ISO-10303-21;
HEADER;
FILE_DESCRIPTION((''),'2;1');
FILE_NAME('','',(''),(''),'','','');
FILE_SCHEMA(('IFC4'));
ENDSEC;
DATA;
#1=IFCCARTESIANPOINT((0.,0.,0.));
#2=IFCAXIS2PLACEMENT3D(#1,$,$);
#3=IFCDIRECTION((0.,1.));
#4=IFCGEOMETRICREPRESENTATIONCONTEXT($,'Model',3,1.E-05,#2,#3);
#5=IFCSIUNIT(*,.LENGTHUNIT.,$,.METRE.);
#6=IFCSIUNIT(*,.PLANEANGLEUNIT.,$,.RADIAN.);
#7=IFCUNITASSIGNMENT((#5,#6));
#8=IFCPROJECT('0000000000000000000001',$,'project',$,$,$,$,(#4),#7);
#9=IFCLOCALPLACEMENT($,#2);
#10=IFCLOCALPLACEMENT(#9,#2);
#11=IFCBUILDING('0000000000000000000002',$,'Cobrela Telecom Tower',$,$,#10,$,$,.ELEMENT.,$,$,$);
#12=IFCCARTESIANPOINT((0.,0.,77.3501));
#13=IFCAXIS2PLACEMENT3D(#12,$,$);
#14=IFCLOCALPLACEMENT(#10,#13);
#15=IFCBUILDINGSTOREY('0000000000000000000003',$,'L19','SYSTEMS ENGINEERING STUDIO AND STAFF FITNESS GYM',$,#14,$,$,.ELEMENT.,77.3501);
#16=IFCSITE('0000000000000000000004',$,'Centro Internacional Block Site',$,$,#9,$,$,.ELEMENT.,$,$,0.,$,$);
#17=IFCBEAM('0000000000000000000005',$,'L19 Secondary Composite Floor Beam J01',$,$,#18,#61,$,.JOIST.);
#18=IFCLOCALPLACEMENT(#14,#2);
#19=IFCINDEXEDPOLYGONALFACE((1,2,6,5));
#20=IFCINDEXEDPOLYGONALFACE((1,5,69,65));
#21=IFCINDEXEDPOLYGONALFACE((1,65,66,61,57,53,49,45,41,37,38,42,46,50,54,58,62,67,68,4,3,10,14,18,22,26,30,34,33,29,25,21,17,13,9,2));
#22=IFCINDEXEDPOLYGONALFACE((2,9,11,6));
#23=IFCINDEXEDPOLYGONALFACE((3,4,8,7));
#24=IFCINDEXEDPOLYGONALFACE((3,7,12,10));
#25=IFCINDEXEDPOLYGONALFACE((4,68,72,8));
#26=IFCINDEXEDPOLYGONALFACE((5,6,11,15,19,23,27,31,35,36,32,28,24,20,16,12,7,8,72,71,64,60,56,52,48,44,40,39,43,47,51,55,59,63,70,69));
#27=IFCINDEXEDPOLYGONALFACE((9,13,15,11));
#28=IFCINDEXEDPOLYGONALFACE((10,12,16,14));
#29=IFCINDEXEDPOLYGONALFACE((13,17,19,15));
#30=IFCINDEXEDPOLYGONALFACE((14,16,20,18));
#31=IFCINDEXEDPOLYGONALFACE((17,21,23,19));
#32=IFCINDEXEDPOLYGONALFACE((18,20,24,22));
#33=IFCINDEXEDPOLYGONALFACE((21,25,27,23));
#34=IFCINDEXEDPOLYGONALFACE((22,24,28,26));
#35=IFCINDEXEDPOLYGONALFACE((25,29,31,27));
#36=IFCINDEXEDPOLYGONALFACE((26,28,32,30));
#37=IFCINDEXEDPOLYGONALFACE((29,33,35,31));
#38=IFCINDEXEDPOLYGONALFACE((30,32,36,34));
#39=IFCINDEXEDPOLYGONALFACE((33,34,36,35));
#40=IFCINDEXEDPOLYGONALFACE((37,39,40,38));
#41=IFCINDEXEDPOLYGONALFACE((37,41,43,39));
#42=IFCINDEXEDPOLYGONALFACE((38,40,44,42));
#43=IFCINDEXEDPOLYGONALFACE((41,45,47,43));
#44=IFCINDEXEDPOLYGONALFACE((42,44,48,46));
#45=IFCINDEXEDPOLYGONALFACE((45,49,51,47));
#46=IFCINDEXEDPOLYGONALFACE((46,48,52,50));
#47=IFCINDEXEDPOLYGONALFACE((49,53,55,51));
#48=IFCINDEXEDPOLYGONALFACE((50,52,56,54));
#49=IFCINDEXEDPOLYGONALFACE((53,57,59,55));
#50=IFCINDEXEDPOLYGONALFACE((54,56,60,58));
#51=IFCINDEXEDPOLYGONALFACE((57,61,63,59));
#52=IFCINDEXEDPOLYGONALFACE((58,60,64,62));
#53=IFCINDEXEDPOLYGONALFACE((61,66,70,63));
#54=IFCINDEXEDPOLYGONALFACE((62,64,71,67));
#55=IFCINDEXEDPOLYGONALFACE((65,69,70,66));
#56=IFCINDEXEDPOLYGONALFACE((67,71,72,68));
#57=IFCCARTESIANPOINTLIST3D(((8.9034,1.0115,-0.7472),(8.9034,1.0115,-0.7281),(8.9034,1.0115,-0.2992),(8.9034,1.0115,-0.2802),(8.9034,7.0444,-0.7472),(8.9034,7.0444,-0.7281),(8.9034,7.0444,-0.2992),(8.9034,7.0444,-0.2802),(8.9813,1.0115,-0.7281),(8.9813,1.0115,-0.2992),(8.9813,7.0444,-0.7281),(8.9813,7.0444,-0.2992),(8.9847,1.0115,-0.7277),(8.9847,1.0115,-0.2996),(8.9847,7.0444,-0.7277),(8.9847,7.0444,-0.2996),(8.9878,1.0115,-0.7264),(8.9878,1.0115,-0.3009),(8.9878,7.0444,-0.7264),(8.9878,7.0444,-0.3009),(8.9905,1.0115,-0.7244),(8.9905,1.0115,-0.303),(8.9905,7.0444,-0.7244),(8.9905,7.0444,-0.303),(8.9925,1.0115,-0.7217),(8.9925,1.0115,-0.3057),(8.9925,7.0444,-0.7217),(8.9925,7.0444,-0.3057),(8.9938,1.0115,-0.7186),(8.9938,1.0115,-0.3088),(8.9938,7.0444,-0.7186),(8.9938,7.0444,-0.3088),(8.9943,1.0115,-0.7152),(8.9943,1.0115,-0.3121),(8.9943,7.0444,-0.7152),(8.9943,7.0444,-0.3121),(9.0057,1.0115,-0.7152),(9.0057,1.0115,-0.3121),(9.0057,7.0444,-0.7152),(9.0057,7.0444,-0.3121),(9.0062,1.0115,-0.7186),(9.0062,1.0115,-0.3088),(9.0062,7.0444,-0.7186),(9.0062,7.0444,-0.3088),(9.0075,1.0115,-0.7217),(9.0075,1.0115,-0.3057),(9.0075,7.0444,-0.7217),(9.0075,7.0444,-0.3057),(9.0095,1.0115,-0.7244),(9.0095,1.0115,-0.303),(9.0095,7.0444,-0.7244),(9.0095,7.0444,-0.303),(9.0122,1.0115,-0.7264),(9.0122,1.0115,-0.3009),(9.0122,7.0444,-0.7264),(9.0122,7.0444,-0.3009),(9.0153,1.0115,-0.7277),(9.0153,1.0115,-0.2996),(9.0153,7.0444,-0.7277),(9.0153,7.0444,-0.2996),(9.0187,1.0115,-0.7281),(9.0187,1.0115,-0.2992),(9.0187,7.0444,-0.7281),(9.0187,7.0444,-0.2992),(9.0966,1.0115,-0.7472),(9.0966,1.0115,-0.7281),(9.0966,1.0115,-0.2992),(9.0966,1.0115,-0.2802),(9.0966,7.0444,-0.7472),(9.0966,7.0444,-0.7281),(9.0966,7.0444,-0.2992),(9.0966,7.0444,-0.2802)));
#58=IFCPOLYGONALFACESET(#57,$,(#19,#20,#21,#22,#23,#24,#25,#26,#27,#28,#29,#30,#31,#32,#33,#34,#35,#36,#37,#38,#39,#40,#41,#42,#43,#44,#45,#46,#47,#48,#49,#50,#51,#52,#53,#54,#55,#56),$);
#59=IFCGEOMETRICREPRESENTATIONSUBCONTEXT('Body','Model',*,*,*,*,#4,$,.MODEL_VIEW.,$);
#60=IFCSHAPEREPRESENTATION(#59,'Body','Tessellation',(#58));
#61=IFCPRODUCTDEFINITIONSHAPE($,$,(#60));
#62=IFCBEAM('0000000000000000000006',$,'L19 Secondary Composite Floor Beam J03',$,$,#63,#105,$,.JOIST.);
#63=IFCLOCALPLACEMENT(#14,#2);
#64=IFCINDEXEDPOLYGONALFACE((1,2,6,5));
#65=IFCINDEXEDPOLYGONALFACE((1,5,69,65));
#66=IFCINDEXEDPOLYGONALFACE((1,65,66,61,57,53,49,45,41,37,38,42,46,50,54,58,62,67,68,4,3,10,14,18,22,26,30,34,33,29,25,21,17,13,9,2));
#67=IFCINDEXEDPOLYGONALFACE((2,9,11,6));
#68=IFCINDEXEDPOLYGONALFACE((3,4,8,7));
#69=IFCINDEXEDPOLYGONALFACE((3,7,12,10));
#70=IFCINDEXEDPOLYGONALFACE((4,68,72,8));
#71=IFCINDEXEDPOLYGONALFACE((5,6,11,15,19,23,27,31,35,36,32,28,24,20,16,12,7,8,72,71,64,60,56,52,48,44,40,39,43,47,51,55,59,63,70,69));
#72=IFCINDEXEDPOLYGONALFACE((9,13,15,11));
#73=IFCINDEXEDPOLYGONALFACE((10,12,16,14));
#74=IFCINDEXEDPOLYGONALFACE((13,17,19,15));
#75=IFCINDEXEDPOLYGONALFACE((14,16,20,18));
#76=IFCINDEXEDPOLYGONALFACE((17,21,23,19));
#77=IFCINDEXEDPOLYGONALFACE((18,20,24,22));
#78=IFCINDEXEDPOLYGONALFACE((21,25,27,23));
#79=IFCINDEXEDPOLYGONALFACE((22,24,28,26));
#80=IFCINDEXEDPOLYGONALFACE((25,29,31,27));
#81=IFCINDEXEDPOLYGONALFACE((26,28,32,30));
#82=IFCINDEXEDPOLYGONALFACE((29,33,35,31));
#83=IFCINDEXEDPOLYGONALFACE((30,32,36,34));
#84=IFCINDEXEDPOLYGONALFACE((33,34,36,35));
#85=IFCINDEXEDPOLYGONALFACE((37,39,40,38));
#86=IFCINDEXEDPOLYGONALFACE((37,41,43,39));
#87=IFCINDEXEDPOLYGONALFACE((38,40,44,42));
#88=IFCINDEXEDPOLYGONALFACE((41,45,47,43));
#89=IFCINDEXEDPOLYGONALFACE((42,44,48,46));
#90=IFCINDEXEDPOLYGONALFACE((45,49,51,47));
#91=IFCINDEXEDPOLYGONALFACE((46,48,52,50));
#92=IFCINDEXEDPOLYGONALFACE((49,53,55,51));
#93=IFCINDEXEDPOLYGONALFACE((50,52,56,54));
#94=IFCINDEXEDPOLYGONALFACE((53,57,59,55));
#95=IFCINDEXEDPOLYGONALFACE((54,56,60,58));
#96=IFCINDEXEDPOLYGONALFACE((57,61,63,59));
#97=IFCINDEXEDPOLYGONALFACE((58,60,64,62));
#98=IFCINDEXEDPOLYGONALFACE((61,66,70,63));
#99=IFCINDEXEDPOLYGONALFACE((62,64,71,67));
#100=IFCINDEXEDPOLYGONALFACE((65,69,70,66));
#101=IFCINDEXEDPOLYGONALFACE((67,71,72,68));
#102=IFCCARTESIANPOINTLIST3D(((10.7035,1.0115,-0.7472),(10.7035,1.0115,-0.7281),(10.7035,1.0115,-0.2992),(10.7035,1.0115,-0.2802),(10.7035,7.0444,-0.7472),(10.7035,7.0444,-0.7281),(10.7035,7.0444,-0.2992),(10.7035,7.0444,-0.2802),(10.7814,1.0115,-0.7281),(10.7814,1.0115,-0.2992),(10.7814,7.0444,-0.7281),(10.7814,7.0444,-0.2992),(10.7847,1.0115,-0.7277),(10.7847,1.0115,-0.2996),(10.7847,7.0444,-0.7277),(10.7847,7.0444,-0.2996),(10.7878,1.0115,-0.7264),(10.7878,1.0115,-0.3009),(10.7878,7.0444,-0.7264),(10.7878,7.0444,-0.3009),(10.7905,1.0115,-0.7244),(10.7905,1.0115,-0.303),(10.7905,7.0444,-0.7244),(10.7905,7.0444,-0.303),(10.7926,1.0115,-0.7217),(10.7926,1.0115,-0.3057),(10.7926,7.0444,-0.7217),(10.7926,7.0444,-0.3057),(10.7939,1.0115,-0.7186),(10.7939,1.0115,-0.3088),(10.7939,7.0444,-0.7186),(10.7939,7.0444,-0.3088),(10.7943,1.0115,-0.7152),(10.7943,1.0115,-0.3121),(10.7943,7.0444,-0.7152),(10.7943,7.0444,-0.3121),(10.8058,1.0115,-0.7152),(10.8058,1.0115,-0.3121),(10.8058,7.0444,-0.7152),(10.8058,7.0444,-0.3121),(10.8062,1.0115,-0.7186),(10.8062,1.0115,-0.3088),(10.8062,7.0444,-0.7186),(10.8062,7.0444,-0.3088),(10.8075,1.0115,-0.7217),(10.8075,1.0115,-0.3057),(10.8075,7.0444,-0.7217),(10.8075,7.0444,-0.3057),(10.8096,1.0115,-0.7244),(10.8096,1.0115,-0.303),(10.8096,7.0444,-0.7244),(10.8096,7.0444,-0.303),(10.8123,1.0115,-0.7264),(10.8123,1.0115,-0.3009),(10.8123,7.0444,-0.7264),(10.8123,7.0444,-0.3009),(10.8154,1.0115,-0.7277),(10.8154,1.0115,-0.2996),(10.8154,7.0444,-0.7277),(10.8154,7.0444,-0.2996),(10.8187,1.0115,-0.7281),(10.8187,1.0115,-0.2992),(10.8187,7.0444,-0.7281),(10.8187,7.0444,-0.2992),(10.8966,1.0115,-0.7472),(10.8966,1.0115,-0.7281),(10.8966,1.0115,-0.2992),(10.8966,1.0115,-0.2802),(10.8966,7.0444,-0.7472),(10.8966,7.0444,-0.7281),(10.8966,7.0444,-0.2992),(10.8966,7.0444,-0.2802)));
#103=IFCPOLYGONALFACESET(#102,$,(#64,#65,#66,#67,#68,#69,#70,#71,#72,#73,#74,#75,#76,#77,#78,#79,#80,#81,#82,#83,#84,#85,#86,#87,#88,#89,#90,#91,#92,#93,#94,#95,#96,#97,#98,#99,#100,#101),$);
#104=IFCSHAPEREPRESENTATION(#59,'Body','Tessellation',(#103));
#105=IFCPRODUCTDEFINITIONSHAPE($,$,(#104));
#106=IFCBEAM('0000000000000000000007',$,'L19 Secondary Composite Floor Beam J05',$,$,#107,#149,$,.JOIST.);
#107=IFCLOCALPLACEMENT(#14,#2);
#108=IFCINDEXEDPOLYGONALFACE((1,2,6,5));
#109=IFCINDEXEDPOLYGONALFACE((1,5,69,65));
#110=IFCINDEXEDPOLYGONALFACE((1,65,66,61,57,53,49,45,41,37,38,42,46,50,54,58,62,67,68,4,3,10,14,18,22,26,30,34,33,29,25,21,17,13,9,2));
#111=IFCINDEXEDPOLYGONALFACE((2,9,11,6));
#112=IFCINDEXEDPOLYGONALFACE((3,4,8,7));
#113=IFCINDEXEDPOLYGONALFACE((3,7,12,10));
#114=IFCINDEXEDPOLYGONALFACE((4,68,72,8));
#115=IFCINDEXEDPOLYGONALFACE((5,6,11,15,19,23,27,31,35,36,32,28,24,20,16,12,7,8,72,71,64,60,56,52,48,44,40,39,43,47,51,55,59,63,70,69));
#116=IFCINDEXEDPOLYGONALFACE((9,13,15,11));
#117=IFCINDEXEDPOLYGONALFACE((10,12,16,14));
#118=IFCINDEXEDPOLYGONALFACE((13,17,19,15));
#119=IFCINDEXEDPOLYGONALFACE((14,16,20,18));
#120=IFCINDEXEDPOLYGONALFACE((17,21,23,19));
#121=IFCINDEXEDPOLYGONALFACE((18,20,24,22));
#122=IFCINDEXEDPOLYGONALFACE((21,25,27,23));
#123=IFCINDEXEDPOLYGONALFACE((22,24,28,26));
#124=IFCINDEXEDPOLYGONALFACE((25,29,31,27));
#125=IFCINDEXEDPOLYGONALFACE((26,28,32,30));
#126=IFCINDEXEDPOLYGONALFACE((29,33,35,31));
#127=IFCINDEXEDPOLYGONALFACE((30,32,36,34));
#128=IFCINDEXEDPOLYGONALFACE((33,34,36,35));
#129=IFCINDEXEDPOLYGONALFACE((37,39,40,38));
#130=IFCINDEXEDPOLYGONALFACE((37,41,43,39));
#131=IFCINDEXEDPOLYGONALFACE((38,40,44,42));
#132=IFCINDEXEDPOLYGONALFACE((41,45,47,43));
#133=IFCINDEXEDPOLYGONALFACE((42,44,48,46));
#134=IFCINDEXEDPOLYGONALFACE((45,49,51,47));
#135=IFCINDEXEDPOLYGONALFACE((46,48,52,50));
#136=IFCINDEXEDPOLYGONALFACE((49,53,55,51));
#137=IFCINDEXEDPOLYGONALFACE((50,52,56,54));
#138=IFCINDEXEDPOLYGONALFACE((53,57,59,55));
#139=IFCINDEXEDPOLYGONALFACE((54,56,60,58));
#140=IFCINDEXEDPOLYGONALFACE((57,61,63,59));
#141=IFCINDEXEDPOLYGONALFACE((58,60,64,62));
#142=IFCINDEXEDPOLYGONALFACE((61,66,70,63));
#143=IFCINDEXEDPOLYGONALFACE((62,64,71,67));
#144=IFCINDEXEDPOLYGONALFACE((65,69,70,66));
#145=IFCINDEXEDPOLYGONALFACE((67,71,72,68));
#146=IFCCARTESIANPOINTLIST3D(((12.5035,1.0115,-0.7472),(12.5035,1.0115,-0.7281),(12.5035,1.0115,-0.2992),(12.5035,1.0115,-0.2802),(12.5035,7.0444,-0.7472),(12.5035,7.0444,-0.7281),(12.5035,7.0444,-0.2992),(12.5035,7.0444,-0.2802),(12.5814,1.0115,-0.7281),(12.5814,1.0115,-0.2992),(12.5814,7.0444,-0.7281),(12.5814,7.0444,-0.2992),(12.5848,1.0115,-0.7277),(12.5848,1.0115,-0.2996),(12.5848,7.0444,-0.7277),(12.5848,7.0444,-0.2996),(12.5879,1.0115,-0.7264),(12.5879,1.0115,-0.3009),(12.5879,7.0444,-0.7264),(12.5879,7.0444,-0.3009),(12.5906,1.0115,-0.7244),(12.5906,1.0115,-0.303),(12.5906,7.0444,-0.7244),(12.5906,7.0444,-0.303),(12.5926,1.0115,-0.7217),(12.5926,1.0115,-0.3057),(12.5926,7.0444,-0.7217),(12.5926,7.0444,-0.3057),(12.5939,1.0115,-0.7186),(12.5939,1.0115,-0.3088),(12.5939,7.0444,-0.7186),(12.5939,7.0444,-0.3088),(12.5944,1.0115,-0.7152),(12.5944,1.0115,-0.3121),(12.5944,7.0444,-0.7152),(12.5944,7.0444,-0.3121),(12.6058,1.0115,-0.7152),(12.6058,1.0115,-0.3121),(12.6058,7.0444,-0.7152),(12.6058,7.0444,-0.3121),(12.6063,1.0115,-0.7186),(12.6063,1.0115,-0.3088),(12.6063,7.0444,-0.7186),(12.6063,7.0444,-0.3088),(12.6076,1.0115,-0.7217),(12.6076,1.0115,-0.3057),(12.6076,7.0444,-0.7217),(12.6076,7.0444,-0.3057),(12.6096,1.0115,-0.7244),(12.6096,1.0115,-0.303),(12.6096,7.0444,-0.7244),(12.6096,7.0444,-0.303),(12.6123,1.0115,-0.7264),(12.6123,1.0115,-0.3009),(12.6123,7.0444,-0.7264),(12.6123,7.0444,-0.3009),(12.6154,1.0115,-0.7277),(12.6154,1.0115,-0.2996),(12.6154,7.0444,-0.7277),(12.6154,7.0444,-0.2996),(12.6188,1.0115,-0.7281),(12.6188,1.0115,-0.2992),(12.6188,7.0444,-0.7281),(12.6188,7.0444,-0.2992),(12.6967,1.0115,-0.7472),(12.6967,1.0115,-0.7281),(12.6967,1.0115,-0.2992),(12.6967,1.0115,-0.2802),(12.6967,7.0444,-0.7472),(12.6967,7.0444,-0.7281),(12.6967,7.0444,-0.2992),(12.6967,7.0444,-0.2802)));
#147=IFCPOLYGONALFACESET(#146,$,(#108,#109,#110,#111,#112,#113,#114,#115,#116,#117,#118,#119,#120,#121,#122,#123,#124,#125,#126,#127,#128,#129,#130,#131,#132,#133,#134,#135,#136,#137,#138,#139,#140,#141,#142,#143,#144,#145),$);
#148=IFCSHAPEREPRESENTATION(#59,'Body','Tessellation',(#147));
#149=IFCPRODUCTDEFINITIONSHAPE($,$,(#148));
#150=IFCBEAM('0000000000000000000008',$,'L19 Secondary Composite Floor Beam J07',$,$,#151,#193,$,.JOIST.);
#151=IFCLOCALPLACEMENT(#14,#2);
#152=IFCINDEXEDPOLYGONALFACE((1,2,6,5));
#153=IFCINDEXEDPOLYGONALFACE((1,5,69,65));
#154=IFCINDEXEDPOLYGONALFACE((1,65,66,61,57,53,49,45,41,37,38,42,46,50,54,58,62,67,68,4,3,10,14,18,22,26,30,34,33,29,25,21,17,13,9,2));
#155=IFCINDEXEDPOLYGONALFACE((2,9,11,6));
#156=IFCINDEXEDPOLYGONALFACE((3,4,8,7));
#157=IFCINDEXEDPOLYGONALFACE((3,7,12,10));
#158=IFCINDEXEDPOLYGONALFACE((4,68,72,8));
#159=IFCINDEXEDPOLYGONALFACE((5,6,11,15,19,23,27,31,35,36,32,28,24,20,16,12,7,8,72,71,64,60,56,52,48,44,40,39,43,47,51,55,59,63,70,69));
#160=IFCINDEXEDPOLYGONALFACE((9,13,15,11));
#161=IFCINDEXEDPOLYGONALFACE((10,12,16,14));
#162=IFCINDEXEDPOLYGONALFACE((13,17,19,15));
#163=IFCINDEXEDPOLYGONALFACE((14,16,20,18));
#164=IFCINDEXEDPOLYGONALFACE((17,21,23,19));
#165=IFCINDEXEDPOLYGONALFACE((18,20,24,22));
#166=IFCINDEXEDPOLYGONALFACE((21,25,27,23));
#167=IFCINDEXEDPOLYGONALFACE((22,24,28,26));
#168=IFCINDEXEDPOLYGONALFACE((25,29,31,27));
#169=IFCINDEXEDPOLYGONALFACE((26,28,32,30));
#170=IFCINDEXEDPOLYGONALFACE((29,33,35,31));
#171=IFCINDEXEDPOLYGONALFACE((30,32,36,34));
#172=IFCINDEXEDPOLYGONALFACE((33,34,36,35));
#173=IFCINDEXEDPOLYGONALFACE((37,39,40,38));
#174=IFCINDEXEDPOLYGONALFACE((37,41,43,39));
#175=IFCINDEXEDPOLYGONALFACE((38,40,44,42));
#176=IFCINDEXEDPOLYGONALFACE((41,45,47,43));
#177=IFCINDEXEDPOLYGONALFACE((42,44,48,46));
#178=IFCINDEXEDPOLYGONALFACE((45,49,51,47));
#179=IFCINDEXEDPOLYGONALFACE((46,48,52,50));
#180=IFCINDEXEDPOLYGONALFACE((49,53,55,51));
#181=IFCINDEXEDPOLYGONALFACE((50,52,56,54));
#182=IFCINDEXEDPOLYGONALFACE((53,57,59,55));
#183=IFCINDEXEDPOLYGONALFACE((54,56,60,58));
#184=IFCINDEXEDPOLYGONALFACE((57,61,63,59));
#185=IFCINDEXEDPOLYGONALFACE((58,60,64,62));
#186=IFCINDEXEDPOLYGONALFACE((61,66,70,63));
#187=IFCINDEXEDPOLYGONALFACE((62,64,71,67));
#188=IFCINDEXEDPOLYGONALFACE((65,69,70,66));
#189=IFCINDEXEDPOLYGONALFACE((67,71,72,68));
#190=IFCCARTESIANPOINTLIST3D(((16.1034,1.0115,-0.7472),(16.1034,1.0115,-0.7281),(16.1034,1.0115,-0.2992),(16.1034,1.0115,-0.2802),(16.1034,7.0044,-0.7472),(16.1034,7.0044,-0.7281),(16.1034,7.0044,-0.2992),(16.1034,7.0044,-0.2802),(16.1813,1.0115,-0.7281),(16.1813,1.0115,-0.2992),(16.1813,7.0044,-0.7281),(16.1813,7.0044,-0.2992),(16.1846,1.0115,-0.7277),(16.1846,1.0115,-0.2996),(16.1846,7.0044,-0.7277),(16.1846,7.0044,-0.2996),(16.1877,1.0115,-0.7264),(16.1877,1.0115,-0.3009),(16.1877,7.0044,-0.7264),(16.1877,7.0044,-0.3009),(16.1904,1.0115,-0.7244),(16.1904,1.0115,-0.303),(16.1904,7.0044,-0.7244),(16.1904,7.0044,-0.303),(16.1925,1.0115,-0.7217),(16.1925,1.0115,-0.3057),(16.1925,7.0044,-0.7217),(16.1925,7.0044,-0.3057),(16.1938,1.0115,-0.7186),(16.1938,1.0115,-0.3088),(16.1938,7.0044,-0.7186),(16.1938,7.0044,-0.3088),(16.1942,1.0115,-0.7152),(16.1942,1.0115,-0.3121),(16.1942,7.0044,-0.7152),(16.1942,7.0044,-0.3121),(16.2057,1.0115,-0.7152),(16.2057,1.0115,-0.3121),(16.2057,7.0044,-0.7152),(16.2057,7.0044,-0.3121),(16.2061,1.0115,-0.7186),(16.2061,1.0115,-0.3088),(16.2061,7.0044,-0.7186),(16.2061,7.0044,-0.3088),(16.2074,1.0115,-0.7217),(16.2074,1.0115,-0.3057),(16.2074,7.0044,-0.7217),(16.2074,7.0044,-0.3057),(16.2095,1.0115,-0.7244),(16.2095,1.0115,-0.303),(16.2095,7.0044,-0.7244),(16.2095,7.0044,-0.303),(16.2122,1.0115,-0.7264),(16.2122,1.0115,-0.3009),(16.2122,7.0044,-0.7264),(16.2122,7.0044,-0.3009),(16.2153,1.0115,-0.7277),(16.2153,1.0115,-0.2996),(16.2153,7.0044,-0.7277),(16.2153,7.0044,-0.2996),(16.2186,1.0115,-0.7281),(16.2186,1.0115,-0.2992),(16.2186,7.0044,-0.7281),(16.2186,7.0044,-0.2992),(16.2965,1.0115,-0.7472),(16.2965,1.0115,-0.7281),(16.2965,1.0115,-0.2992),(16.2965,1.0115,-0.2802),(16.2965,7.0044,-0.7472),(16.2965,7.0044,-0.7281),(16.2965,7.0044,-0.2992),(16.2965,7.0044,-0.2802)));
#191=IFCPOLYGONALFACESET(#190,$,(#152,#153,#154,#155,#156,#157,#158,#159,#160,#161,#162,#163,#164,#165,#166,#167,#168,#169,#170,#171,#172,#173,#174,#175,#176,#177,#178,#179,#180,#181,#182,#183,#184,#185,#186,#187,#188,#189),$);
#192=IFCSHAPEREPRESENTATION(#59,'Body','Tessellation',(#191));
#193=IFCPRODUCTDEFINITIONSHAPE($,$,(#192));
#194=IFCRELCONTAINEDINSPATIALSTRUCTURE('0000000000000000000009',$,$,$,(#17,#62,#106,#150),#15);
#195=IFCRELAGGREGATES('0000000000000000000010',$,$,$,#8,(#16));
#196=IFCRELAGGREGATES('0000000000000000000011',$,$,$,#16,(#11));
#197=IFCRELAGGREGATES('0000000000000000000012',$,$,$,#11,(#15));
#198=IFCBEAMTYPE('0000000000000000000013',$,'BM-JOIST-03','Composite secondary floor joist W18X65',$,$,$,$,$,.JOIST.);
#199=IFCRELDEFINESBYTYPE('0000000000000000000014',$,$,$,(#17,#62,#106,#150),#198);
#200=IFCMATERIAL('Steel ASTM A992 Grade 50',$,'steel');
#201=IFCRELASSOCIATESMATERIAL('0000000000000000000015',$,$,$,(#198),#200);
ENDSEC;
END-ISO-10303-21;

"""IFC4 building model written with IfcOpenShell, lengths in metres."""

from ifc_helpers import new_model, si_unit, direction, frame, origin, origin_2d, place, context, subcontext, project, spatial, i_section, extrude, material, material_profile, profile_set, type_object, element, save


model = new_model("IFC4")

# Units and contexts
model_context = context("Model", 3, precision=1e-05, world=origin(), true_north=direction((0.0, 1.0)))
body_context = subcontext(model_context, "Body", "Model", "MODEL_VIEW")
ifc_project = project(units=[si_unit("LENGTHUNIT", "METRE"), si_unit("PLANEANGLEUNIT", "RADIAN")], contexts=[model_context])

# Site, building, storey
site_placement = place(None, origin())
site = spatial("IfcSite", under=ifc_project, at=site_placement, Name="Centro Internacional Block Site", CompositionType="ELEMENT", RefElevation=0.0)
building_placement = place(site_placement, origin())
building = spatial("IfcBuilding", under=site, at=building_placement, Name="Cobrela Telecom Tower", CompositionType="ELEMENT")
storey_placement = place(building_placement, frame((0.0, 0.0, 77.3501)))
storey = spatial("IfcBuildingStorey", under=building, at=storey_placement, Name="L19", Description="SYSTEMS ENGINEERING STUDIO AND STAFF FITNESS GYM", CompositionType="ELEMENT", Elevation=77.3501)

# Beams
ifc_material_1 = material(Name="Steel ASTM A992 Grade 50", Category="steel")
ifc_material_profile_1 = material_profile(ifc_material_1, i_section(OverallWidth=0.1931, OverallDepth=0.467, WebThickness=0.0115, FlangeThickness=0.019, FilletRadius=0.0129, at=origin_2d()), Name="W18X65")
ifc_profile_set_1 = profile_set([ifc_material_profile_1], Name="Steel ASTM A992 Grade 50")
beam_type_1 = type_object("IfcBeamType", Name="BM-JOIST-03", Description="Composite secondary floor joist W18X65", PredefinedType="JOIST", material=ifc_profile_set_1)
for number, where, z_axis, x_axis, name in (
    (1, (9.0, 1.0115, -0.5137), (0.0, 1.0, 0.0), (-1.0, 0.0, 0.0), "L19 Secondary Composite Floor Beam J01"),
    (2, (10.8, 1.0115, -0.5137), (0.0, 1.0, 0.0), (-1.0, 0.0, 0.0), "L19 Secondary Composite Floor Beam J03"),
    (3, (12.6001, 1.0115, -0.5137), (0.0, 1.0, 0.0), (-1.0, 0.0, 0.0), "L19 Secondary Composite Floor Beam J05"),
):
    element("IfcBeam", number, at=place(storey_placement, frame(where, z_axis=z_axis, x_axis=x_axis)), inside=storey, type_object=beam_type_1, Name=name, PredefinedType="JOIST", context=body_context, shape_type="SweptSolid", body=[
        extrude(i_section(OverallWidth=0.1931, OverallDepth=0.467, WebThickness=0.0115, FlangeThickness=0.019, FilletRadius=0.0129, at=origin_2d()), origin(), (0.0, 0.0, 1.0), 6.033),
    ])
beam_1_placement = place(storey_placement, frame((16.2, 1.0115, -0.5137), z_axis=(0.0, 1.0, 0.0), x_axis=(-1.0, 0.0, 0.0)))
element("IfcBeam", 4, at=beam_1_placement, inside=storey, type_object=beam_type_1, Name="L19 Secondary Composite Floor Beam J07", PredefinedType="JOIST", context=body_context, shape_type="SweptSolid", body=[
    extrude(i_section(OverallWidth=0.1931, OverallDepth=0.467, WebThickness=0.0115, FlangeThickness=0.019, FilletRadius=0.0129, at=origin_2d()), origin(), (0.0, 0.0, 1.0), 5.9929),
])

save(model, "model.ifc")
